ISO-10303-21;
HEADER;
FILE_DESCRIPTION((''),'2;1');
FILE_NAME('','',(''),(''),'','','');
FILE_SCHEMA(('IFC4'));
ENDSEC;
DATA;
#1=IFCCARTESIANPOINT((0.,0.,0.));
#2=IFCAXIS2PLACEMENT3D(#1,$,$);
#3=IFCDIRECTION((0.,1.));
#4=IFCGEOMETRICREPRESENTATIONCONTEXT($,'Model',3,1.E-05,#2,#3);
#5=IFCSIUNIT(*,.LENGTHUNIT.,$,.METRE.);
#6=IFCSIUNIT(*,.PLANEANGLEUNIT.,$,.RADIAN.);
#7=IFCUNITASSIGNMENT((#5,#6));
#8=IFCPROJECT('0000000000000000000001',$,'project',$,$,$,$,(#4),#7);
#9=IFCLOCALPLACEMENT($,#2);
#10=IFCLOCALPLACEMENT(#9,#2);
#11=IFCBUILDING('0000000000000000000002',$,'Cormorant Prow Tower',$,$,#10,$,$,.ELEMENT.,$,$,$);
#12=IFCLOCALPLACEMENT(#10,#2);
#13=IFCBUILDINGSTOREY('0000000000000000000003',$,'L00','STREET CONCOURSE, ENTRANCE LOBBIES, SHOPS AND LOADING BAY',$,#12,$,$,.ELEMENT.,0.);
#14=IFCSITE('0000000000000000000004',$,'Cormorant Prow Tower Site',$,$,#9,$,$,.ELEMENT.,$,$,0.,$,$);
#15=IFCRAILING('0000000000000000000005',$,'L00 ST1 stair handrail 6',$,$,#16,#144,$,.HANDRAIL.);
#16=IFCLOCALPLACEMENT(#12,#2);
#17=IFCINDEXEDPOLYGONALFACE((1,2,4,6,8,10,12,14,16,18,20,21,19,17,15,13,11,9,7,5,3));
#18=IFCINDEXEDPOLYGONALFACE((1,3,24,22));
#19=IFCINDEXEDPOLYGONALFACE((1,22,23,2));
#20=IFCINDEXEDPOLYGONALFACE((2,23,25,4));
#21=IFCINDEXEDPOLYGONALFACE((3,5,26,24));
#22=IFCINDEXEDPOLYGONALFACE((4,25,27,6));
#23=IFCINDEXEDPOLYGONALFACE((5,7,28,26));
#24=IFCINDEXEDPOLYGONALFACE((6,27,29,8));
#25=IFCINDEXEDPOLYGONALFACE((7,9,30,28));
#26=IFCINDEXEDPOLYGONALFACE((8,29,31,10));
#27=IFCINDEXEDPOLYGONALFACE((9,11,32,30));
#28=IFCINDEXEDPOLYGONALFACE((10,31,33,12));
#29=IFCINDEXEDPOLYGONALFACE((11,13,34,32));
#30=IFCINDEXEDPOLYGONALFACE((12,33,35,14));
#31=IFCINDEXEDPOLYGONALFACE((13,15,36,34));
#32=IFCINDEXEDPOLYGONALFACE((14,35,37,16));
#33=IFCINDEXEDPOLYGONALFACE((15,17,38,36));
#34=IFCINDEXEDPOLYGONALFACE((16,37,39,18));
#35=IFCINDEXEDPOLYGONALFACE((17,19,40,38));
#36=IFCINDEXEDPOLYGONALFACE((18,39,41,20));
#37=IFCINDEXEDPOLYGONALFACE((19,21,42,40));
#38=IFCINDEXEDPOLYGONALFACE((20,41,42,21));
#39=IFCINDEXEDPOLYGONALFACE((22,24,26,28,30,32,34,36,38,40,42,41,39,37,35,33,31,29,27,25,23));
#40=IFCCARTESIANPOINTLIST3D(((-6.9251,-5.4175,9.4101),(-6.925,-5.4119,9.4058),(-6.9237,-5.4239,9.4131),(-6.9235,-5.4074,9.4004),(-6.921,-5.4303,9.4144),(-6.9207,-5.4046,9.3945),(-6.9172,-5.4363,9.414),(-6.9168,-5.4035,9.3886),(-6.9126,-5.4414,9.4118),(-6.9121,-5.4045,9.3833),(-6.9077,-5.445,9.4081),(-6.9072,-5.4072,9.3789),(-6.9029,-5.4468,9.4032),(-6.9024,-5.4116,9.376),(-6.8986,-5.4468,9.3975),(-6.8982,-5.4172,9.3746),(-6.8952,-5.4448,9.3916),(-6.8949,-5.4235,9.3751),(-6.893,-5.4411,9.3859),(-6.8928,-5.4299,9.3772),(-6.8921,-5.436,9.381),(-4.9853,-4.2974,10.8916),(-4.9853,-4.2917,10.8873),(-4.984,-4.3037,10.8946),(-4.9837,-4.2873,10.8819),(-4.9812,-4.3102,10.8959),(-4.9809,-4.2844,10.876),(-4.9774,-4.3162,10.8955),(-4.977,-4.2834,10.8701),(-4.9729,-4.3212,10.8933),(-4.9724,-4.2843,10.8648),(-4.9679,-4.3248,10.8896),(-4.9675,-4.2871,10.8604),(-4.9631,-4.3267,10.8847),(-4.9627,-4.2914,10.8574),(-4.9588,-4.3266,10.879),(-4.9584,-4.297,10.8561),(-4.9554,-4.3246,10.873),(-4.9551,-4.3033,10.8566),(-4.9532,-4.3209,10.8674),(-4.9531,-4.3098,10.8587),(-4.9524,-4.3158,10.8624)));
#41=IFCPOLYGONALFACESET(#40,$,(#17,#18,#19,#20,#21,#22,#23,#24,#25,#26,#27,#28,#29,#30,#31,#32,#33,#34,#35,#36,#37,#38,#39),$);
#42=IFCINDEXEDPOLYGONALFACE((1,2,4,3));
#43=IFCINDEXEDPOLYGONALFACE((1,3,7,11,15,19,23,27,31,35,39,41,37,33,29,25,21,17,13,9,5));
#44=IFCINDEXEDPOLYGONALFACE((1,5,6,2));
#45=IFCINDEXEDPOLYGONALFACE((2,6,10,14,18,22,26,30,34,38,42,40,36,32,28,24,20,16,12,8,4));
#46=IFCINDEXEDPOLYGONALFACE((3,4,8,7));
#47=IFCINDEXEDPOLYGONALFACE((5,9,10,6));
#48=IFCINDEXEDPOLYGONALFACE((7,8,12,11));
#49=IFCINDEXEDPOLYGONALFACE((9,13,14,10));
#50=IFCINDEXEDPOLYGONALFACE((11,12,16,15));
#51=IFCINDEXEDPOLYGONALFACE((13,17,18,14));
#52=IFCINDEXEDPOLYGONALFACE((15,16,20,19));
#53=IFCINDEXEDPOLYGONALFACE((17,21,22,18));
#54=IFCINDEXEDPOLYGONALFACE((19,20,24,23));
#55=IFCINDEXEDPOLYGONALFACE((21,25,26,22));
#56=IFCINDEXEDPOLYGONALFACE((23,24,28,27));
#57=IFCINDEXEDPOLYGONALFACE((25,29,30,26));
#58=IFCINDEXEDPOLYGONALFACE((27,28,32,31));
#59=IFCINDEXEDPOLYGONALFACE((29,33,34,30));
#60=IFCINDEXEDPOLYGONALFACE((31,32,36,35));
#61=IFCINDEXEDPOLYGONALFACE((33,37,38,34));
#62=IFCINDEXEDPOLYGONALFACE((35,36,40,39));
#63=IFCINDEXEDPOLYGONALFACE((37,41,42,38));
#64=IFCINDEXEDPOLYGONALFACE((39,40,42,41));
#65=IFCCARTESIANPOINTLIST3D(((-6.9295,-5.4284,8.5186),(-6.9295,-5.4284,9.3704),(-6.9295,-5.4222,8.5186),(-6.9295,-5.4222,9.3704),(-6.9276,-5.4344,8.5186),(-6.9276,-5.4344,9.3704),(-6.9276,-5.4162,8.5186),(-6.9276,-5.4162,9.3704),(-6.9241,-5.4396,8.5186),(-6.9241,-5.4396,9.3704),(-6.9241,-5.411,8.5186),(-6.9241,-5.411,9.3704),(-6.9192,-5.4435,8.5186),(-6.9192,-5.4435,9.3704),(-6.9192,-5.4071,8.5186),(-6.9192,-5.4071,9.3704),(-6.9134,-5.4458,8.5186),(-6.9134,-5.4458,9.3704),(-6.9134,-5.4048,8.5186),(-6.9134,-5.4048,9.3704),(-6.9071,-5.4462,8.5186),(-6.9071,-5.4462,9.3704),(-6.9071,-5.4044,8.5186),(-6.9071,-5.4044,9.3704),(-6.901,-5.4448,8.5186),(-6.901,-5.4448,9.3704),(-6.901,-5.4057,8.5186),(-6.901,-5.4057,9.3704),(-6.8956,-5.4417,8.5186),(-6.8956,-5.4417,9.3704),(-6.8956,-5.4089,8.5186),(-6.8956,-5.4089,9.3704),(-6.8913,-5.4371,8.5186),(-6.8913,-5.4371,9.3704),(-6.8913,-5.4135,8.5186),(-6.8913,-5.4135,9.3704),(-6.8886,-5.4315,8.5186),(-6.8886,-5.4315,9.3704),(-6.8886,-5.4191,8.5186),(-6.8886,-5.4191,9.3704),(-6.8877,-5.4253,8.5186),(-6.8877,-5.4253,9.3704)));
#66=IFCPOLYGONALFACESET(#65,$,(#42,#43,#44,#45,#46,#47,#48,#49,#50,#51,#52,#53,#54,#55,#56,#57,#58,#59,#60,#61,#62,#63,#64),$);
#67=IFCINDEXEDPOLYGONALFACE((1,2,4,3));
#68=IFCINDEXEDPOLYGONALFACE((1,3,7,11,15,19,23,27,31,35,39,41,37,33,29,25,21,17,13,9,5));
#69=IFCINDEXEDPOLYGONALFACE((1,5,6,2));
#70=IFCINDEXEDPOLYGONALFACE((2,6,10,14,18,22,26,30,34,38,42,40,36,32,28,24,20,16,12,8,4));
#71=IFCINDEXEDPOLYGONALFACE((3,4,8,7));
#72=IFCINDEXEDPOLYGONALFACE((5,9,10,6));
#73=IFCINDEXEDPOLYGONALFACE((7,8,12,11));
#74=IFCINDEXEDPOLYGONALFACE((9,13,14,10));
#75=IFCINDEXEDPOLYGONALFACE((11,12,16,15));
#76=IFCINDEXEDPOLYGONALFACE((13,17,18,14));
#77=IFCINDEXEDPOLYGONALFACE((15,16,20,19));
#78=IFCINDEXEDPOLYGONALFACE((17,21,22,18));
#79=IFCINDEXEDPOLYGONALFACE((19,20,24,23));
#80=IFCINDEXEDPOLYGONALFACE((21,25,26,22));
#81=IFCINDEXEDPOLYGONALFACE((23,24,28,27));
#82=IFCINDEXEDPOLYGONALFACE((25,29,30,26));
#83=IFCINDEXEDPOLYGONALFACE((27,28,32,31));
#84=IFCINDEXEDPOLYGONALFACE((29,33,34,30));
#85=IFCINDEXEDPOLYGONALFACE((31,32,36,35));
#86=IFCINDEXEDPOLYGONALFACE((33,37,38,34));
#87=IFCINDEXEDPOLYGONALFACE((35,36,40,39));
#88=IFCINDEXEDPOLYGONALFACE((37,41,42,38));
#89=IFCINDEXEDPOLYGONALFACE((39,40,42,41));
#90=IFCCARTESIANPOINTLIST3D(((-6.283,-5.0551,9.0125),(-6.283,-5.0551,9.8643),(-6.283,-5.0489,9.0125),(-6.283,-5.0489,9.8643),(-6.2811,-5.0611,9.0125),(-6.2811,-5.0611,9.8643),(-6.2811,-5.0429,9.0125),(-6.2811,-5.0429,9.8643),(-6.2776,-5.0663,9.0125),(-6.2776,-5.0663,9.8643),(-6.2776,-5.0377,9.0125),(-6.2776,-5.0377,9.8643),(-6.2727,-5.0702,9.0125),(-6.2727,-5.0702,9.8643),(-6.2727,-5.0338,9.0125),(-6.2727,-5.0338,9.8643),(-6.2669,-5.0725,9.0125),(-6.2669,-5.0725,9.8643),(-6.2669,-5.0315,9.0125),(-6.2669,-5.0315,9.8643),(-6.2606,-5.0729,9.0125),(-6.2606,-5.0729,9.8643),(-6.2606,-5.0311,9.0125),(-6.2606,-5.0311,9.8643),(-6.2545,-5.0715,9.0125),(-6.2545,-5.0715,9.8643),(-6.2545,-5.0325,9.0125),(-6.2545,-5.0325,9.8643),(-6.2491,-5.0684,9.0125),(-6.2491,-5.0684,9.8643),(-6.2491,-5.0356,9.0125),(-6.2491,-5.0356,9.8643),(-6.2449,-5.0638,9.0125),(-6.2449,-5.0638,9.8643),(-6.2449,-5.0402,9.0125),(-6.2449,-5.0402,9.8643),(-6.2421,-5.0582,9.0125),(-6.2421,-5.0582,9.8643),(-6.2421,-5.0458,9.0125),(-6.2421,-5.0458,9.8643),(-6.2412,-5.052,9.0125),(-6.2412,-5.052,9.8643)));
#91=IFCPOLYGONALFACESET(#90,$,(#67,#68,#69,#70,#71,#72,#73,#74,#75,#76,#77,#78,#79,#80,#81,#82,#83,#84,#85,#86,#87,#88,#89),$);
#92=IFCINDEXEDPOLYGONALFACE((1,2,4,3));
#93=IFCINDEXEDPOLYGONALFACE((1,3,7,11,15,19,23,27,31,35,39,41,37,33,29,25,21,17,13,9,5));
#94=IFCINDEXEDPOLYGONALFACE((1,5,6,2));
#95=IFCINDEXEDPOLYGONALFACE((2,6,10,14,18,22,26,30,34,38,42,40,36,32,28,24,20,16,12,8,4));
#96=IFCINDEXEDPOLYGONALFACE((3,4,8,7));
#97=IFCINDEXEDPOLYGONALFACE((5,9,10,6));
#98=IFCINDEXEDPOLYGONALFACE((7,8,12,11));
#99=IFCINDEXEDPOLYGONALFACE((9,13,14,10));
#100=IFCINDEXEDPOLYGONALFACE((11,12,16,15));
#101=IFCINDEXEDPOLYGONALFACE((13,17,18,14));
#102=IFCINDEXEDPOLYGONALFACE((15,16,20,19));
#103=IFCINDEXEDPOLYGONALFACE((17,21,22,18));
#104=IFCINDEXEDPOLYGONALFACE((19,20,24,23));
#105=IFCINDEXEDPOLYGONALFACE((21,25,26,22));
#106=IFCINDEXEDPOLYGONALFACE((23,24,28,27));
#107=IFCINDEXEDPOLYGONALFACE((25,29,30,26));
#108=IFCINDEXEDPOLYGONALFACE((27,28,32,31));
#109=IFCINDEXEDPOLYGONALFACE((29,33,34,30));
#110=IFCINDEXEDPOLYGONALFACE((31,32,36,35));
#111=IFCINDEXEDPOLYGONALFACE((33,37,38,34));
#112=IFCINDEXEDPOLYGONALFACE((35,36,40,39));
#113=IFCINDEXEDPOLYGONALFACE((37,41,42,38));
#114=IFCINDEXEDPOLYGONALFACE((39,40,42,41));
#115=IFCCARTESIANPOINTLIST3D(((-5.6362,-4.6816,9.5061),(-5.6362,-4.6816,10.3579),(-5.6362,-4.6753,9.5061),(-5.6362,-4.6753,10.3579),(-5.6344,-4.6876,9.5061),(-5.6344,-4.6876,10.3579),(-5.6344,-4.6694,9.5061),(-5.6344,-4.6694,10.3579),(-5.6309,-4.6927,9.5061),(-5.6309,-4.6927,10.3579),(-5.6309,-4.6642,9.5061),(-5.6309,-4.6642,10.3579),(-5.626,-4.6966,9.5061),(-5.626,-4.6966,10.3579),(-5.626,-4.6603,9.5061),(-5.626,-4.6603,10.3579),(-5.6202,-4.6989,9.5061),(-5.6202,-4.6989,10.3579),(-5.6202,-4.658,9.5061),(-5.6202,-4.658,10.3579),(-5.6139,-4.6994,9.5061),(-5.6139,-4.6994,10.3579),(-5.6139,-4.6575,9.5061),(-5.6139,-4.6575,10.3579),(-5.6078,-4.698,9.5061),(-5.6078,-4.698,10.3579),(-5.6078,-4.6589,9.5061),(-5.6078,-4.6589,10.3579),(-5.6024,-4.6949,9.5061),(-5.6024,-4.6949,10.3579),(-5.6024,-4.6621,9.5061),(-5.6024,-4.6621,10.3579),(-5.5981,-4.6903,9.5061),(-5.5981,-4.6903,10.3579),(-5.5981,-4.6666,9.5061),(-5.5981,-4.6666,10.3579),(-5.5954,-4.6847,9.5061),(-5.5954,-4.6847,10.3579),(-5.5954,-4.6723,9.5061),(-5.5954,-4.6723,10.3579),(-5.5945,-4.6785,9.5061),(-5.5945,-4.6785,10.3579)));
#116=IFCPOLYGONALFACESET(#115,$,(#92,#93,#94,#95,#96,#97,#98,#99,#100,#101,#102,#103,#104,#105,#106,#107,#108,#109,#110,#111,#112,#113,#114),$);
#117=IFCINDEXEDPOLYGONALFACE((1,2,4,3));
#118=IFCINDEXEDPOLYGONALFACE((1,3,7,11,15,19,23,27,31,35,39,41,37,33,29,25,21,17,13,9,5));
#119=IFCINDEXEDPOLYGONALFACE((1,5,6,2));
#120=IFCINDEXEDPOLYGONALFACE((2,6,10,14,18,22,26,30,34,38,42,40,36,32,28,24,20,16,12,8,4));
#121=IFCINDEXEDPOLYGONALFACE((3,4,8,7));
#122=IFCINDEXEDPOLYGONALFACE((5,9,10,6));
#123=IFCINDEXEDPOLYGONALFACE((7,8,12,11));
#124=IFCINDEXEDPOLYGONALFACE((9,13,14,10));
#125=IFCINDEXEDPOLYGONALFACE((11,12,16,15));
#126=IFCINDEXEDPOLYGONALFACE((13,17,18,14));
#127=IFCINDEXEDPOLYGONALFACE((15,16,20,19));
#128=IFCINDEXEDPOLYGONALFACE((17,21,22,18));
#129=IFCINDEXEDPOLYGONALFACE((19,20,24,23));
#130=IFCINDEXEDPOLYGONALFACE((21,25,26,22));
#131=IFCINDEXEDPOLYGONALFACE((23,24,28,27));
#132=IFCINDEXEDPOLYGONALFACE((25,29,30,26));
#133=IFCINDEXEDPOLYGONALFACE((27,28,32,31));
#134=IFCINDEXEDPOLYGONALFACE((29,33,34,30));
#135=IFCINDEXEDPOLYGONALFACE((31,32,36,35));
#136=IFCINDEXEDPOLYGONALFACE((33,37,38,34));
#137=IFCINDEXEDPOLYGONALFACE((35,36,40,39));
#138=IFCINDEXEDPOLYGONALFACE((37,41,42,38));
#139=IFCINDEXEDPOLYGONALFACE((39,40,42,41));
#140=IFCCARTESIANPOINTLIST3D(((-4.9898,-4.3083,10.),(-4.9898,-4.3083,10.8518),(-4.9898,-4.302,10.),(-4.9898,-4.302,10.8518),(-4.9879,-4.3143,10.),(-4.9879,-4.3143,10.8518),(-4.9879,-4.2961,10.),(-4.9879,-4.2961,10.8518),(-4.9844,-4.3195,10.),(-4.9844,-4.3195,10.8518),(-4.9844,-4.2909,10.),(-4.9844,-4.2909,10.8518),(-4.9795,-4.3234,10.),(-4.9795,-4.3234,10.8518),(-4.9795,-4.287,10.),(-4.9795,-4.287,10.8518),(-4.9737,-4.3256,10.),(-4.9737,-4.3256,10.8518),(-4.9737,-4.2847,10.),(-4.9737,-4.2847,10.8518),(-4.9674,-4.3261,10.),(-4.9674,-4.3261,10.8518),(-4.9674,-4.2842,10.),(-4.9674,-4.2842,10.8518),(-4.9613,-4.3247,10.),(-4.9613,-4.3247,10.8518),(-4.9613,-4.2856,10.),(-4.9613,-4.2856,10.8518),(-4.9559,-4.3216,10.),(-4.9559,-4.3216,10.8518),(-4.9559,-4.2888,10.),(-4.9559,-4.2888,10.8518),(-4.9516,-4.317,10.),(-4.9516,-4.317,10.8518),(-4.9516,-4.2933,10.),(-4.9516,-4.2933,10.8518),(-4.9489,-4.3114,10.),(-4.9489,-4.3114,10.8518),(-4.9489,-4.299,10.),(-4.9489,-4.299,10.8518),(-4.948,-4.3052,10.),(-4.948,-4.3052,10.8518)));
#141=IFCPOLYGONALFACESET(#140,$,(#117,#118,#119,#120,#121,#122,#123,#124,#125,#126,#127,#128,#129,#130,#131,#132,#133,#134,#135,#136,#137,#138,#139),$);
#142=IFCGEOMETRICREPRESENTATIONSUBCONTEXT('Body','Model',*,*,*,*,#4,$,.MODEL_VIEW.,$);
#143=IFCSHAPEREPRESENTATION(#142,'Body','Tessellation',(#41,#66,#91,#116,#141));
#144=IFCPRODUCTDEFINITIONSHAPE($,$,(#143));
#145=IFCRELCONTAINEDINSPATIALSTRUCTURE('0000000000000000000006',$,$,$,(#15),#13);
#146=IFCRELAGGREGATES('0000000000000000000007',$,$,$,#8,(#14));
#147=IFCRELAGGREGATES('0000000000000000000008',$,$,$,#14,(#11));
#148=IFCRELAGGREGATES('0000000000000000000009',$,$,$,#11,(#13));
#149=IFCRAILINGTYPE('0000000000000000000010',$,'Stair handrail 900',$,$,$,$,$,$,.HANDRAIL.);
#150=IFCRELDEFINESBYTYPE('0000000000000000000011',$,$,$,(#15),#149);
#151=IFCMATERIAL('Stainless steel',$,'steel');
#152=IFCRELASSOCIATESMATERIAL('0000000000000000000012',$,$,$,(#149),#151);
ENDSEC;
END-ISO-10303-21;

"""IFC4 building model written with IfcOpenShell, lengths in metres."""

from ifc_helpers import new_model, si_unit, direction, frame, origin, origin_2d, place, context, subcontext, project, spatial, circle, extrude, material, type_object, element, save


model = new_model("IFC4")

# Units and contexts
model_context = context("Model", 3, precision=1e-05, world=origin(), true_north=direction((0.0, 1.0)))
body_context = subcontext(model_context, "Body", "Model", "MODEL_VIEW")
ifc_project = project(units=[si_unit("LENGTHUNIT", "METRE"), si_unit("PLANEANGLEUNIT", "RADIAN")], contexts=[model_context])

# Site, building, storey
site_placement = place(None, origin())
site = spatial("IfcSite", under=ifc_project, at=site_placement, Name="Cormorant Prow Tower Site", CompositionType="ELEMENT", RefElevation=0.0)
building_placement = place(site_placement, origin())
building = spatial("IfcBuilding", under=site, at=building_placement, Name="Cormorant Prow Tower", CompositionType="ELEMENT")
storey_placement = place(building_placement, origin())
storey = spatial("IfcBuildingStorey", under=building, at=storey_placement, Name="L00", Description="STREET CONCOURSE, ENTRANCE LOBBIES, SHOPS AND LOADING BAY", CompositionType="ELEMENT", Elevation=0.0)

# Railing
ifc_material_1 = material(Name="Stainless steel", Category="steel")
railing_type_1 = type_object("IfcRailingType", Name="Stair handrail 900", PredefinedType="HANDRAIL", material=ifc_material_1)
railing_1_placement = place(storey_placement, frame((-6.9087, -5.4253, 8.5186)))
element("IfcRailing", 1, at=railing_1_placement, inside=storey, type_object=railing_type_1, Name="L00 ST1 stair handrail 6", PredefinedType="HANDRAIL", context=body_context, shape_type="SweptSolid", body=[
    extrude(circle(Radius=0.0239, at=origin_2d()), frame((0.0, 0.0, 0.876), z_axis=(0.722292, 0.417102, 0.551651), x_axis=(-0.500078, 0.86598, 0.0)), (0.0, 0.0, 1.0), 2.6855),
    extrude(circle(Radius=0.021, at=origin_2d()), origin(), (0.0, 0.0, 1.0), 0.8518),
    extrude(circle(Radius=0.021, at=origin_2d()), frame((0.6465, 0.3733, 0.4939)), (0.0, 0.0, 1.0), 0.8518),
    extrude(circle(Radius=0.021, at=origin_2d()), frame((1.2932, 0.7468, 0.9875)), (0.0, 0.0, 1.0), 0.8518),
    extrude(circle(Radius=0.021, at=origin_2d()), frame((1.9397, 1.1201, 1.4814)), (0.0, 0.0, 1.0), 0.8518),
])

save(model, "model.ifc")
